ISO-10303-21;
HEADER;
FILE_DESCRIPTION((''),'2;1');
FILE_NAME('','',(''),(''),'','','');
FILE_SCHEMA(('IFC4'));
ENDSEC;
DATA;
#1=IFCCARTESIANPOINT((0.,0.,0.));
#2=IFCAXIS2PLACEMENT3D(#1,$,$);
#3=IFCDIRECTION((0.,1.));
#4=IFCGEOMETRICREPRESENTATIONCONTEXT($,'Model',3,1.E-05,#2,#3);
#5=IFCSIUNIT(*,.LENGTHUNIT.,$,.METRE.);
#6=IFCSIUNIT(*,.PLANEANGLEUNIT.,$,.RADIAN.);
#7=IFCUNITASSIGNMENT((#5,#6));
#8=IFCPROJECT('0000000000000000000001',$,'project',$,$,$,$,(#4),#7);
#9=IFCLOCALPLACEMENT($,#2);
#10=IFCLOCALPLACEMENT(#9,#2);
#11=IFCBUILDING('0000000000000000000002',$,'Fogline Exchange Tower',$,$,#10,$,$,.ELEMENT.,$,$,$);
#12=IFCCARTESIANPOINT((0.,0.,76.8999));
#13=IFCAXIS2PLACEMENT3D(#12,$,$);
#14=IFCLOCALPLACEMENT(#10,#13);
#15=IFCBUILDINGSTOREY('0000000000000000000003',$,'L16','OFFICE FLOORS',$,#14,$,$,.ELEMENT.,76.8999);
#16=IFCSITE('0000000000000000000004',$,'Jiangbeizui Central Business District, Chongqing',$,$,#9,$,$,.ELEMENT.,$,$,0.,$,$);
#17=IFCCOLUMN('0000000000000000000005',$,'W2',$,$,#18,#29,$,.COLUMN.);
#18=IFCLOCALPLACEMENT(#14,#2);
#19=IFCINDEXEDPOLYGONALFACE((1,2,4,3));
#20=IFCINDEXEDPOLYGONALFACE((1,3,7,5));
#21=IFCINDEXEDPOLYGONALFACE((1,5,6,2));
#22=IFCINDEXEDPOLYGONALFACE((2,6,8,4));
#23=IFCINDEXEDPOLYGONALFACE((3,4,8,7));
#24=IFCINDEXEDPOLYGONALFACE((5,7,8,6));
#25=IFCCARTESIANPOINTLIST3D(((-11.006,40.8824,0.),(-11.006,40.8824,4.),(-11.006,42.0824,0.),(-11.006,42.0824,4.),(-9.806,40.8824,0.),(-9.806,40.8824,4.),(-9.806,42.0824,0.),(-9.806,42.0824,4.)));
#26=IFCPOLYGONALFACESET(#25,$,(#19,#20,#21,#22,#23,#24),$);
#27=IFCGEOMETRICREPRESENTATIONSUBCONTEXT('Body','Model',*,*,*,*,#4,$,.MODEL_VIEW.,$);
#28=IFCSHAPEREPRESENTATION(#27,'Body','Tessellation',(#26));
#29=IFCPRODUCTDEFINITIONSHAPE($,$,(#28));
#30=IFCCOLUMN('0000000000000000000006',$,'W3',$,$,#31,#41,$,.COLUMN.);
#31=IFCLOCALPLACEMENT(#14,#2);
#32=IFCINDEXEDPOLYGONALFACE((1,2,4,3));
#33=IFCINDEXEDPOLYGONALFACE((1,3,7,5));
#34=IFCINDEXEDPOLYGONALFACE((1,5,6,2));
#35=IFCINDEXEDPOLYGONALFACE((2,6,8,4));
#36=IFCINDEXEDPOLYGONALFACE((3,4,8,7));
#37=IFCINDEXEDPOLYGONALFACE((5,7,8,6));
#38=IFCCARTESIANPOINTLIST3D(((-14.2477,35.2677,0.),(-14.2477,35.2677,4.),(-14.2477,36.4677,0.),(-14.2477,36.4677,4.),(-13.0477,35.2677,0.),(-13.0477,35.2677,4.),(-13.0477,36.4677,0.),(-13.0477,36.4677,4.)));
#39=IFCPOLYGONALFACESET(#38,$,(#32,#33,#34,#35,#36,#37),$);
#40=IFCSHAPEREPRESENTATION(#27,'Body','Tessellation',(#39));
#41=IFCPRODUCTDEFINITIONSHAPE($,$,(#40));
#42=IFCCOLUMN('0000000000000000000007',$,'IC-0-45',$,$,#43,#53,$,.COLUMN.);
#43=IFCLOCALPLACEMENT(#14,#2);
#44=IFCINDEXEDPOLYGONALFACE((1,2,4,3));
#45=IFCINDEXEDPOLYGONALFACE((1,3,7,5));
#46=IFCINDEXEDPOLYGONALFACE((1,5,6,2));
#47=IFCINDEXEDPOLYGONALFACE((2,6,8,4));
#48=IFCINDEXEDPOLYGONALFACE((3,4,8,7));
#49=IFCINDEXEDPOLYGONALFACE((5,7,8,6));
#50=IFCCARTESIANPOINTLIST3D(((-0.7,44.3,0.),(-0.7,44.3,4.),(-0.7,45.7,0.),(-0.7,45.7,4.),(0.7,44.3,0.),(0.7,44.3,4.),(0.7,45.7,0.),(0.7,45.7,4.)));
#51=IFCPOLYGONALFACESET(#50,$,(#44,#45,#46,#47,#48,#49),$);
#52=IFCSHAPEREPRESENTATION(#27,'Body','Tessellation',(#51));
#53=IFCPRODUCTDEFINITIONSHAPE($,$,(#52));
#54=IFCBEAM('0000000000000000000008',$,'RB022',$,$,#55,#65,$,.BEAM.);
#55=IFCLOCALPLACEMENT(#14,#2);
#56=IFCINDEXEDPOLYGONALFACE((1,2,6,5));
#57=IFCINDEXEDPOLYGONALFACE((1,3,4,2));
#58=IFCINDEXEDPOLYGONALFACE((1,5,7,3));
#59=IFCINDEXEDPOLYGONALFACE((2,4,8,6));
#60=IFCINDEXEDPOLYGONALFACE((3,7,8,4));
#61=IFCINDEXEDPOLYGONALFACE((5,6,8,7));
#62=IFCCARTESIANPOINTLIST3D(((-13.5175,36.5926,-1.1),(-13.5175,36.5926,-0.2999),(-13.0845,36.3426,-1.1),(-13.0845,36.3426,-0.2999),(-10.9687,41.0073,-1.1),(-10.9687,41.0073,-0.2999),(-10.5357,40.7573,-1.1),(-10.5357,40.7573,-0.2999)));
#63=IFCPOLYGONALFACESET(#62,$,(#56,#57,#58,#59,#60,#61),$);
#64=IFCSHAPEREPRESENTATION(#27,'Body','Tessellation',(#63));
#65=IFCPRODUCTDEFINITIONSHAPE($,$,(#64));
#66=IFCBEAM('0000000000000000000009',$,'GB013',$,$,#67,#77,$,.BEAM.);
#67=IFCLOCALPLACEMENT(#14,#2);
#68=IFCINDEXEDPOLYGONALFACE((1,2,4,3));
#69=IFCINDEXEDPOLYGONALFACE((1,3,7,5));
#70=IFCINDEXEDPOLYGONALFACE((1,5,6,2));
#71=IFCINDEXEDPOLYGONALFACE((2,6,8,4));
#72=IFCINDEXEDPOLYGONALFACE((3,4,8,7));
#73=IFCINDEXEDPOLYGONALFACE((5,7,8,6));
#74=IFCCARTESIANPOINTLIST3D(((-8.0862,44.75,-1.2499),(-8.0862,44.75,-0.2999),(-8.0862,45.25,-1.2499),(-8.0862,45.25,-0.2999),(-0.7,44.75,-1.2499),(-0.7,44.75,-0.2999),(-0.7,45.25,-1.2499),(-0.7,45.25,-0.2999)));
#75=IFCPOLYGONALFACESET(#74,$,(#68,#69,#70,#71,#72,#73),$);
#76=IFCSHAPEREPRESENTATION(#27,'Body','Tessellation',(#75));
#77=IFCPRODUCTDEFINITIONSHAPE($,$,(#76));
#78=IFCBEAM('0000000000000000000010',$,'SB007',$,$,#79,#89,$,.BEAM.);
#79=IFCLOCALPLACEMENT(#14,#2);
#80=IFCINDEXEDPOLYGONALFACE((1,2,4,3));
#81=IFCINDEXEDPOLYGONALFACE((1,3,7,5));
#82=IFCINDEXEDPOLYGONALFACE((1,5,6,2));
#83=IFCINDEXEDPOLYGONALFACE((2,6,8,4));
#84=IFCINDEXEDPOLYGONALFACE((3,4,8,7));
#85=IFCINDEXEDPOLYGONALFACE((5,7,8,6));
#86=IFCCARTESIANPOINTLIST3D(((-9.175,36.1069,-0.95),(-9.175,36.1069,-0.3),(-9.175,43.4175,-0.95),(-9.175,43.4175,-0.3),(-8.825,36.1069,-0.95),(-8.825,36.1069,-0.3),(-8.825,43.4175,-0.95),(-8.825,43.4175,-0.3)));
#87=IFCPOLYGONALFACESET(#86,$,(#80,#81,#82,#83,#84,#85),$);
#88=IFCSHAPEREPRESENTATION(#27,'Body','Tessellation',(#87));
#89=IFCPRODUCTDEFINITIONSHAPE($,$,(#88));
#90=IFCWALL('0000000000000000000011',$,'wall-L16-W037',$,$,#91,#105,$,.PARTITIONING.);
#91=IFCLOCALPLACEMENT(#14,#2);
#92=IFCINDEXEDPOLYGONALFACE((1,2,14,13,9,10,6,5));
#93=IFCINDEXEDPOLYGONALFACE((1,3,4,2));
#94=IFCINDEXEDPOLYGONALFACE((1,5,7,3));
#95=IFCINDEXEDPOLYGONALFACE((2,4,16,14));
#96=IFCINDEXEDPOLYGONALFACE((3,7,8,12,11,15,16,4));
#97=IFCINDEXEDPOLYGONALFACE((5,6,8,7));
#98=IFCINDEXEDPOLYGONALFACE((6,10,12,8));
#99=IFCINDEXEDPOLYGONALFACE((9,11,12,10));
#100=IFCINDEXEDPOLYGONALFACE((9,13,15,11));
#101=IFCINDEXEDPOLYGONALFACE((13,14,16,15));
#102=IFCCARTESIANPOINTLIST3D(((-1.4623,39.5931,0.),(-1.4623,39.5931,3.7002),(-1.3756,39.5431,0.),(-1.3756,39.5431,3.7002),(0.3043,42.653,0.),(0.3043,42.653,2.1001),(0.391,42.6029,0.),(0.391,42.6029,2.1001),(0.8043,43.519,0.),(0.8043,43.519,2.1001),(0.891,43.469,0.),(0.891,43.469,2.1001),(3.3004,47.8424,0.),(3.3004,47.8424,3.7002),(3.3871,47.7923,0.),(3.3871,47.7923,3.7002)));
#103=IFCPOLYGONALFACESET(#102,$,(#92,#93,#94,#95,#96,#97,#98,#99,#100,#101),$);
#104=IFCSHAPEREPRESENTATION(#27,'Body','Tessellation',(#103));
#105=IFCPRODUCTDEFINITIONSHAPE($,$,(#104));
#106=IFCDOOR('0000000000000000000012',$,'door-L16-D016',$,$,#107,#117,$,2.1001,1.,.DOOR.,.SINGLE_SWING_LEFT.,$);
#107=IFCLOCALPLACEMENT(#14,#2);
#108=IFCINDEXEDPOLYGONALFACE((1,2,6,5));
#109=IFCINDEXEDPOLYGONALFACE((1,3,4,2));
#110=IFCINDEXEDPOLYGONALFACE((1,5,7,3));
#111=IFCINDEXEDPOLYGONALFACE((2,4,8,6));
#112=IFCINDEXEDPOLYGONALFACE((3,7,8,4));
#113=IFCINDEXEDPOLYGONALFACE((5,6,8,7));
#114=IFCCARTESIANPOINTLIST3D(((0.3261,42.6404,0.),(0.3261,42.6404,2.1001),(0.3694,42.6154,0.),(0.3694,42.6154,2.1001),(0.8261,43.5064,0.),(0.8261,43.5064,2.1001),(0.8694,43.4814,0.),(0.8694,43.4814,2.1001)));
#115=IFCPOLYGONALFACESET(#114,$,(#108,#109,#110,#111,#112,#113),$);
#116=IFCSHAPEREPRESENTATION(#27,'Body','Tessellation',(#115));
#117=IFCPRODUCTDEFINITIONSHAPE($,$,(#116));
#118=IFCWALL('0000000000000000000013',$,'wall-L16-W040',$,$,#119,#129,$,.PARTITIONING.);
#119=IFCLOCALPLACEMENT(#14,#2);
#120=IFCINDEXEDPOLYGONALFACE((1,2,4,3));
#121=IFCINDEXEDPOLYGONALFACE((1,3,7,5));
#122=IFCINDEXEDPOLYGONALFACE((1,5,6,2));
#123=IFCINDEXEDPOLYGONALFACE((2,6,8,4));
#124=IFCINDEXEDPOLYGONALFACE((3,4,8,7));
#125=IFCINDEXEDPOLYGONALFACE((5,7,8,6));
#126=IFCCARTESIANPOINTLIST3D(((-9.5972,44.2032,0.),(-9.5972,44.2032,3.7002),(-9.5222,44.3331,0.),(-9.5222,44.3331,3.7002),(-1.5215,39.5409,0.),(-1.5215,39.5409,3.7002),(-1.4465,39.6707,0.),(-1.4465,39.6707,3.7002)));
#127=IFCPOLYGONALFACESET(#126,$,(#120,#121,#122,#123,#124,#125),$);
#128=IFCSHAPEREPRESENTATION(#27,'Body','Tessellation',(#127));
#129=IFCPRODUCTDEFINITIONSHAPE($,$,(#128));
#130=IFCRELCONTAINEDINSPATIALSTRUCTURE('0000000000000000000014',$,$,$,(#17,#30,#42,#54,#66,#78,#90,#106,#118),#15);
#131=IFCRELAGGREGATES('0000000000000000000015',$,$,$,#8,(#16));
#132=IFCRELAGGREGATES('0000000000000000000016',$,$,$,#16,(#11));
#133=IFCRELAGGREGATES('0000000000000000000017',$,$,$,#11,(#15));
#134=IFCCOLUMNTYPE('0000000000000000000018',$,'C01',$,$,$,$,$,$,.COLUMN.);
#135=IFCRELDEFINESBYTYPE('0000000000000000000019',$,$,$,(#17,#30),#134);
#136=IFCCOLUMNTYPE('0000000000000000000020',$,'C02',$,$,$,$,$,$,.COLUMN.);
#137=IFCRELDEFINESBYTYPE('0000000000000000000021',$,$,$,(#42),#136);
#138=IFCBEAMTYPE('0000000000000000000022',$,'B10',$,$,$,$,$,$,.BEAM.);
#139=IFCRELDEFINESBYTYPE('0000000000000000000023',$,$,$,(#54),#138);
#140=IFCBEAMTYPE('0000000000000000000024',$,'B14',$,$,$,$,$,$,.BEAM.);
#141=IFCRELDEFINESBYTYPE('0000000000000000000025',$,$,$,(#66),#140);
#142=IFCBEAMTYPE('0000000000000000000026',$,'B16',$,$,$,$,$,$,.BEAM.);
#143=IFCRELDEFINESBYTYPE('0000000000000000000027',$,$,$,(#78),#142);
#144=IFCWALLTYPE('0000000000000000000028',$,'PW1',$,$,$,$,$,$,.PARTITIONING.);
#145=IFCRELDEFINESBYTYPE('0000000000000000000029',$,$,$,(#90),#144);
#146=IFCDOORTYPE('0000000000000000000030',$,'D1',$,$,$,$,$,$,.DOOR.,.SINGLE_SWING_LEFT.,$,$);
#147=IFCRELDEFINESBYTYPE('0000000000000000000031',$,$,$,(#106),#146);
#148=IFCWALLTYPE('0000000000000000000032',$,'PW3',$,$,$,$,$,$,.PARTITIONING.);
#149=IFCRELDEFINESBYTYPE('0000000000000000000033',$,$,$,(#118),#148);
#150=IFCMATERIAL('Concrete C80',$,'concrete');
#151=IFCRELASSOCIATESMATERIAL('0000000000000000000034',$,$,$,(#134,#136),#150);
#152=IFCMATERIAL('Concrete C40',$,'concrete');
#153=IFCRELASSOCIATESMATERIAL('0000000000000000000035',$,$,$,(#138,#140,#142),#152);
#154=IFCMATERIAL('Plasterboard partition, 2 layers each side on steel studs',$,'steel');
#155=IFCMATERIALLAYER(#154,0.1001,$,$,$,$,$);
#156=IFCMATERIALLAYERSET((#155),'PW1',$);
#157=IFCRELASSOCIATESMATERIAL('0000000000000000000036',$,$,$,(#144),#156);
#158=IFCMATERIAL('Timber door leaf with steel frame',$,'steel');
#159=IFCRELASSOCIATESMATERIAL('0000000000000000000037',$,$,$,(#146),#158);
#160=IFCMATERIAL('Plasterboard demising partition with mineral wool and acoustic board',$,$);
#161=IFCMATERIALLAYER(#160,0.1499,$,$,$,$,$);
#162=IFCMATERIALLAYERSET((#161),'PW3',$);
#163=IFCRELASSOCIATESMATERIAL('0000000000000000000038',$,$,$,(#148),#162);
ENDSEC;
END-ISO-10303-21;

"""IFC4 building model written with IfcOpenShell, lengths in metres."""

from ifc_helpers import new_model, si_unit, direction, frame, frame_2d, origin, origin_2d, place, context, subcontext, project, spatial, rectangle, extrude, material, layer, layer_set, material_profile, profile_set, type_object, element, fill, save


model = new_model("IFC4")

# Units and contexts
model_context = context("Model", 3, precision=1e-05, world=origin(), true_north=direction((0.0, 1.0)))
body_context = subcontext(model_context, "Body", "Model", "MODEL_VIEW")
ifc_project = project(units=[si_unit("LENGTHUNIT", "METRE"), si_unit("PLANEANGLEUNIT", "RADIAN")], contexts=[model_context])

# Site, building, storey
site_placement = place(None, origin())
site = spatial("IfcSite", under=ifc_project, at=site_placement, Name="Jiangbeizui Central Business District, Chongqing", CompositionType="ELEMENT", RefElevation=0.0)
building_placement = place(site_placement, origin())
building = spatial("IfcBuilding", under=site, at=building_placement, Name="Fogline Exchange Tower", CompositionType="ELEMENT")
storey_placement = place(building_placement, frame((0.0, 0.0, 76.8999)))
storey = spatial("IfcBuildingStorey", under=building, at=storey_placement, Name="L16", Description="OFFICE FLOORS", CompositionType="ELEMENT", Elevation=76.8999)

# Columns
ifc_material_1 = material(Name="Concrete C80", Category="concrete")
ifc_material_profile_1 = material_profile(ifc_material_1, rectangle(XDim=1.2, YDim=1.2, at=origin_2d()), Name="RC 1200x1200")
ifc_profile_set_1 = profile_set([ifc_material_profile_1], Name="Concrete C80")
column_type_1 = type_object("IfcColumnType", Name="C01", PredefinedType="COLUMN", material=ifc_profile_set_1)
for number, where, z_axis, x_axis, name in (
    (1, (-10.406, 41.4824, 0.0), (0.0, 0.0, 1.0), (1.0, 0.0, 0.0), "W2"),
    (2, (-13.6477, 35.8677, 0.0), (0.0, 0.0, 1.0), (1.0, 0.0, 0.0), "W3"),
):
    element("IfcColumn", number, at=place(storey_placement, frame(where, z_axis=z_axis, x_axis=x_axis)), inside=storey, type_object=column_type_1, Name=name, PredefinedType="COLUMN", context=body_context, shape_type="SweptSolid", body=[
        extrude(rectangle(XDim=1.2, YDim=1.2, at=origin_2d()), origin(), (0.0, 0.0, 1.0), 4.0),
    ])
ifc_material_profile_2 = material_profile(ifc_material_1, rectangle(XDim=1.3999, YDim=1.3999, at=origin_2d()), Name="RC 1400x1400")
ifc_profile_set_2 = profile_set([ifc_material_profile_2], Name="Concrete C80")
column_type_2 = type_object("IfcColumnType", Name="C02", PredefinedType="COLUMN", material=ifc_profile_set_2)
column_placement = place(storey_placement, frame((0.0, 45.0, 0.0), z_axis=(0.0, 0.0, 1.0), x_axis=(1.0, 0.0, 0.0)))
element("IfcColumn", 3, at=column_placement, inside=storey, type_object=column_type_2, Name="IC-0-45", PredefinedType="COLUMN", context=body_context, shape_type="SweptSolid", body=[
    extrude(rectangle(XDim=1.3999, YDim=1.3999, at=origin_2d()), origin(), (0.0, 0.0, 1.0), 4.0),
])

# Beams
ifc_material_2 = material(Name="Concrete C40", Category="concrete")
ifc_material_profile_3 = material_profile(ifc_material_2, rectangle(XDim=0.5, YDim=0.8, at=origin_2d()), Name="RC 500x800")
ifc_profile_set_3 = profile_set([ifc_material_profile_3], Name="Concrete C40")
beam_type_1 = type_object("IfcBeamType", Name="B10", PredefinedType="BEAM", material=ifc_profile_set_3)
beam_1_placement = place(storey_placement, frame((-10.7522, 40.8823, -0.7), z_axis=(-0.499992, -0.86603, 0.0), x_axis=(0.86603, -0.499992, 0.0)))
element("IfcBeam", 4, at=beam_1_placement, inside=storey, type_object=beam_type_1, Name="RB022", PredefinedType="BEAM", context=body_context, shape_type="SweptSolid", body=[
    extrude(rectangle(XDim=0.5, YDim=0.8, at=origin_2d()), origin(), (0.0, 0.0, 1.0), 5.0977),
])
ifc_material_profile_4 = material_profile(ifc_material_2, rectangle(XDim=0.5, YDim=0.95, at=origin_2d()), Name="RC 500x950")
ifc_profile_set_4 = profile_set([ifc_material_profile_4], Name="Concrete C40")
beam_type_2 = type_object("IfcBeamType", Name="B14", PredefinedType="BEAM", material=ifc_profile_set_4)
beam_2_placement = place(storey_placement, frame((-8.0862, 45.0, -0.7749), z_axis=(1.0, 0.0, 0.0), x_axis=(0.0, 1.0, 0.0)))
element("IfcBeam", 5, at=beam_2_placement, inside=storey, type_object=beam_type_2, Name="GB013", PredefinedType="BEAM", context=body_context, shape_type="SweptSolid", body=[
    extrude(rectangle(XDim=0.5, YDim=0.95, at=origin_2d()), origin(), (0.0, 0.0, 1.0), 7.3862),
])
ifc_material_profile_5 = material_profile(ifc_material_2, rectangle(XDim=0.3501, YDim=0.6499, at=origin_2d()), Name="RC 350x650")
ifc_profile_set_5 = profile_set([ifc_material_profile_5], Name="Concrete C40")
beam_type_3 = type_object("IfcBeamType", Name="B16", PredefinedType="BEAM", material=ifc_profile_set_5)
beam_3_placement = place(storey_placement, frame((-9.0, 36.1069, -0.625), z_axis=(0.0, 1.0, 0.0), x_axis=(-1.0, 0.0, 0.0)))
element("IfcBeam", 6, at=beam_3_placement, inside=storey, type_object=beam_type_3, Name="SB007", PredefinedType="BEAM", context=body_context, shape_type="SweptSolid", body=[
    extrude(rectangle(XDim=0.3501, YDim=0.6499, at=origin_2d()), origin(), (0.0, 0.0, 1.0), 7.3105),
])

# Wall, opening, door
ifc_material_3 = material(Name="Plasterboard partition, 2 layers each side on steel studs", Category="steel")
ifc_layer_1 = layer(ifc_material_3, 0.1001)
ifc_layer_set_1 = layer_set([ifc_layer_1], Name="PW1")
wall_type_1 = type_object("IfcWallType", Name="PW1", PredefinedType="PARTITIONING", material=ifc_layer_set_1)
wall_1_placement = place(storey_placement, frame((-1.4189, 39.5681, 0.0), z_axis=(0.0, 0.0, 1.0), x_axis=(0.499998, 0.866026, 0.0)))
wall_1 = element("IfcWall", 7, at=wall_1_placement, inside=storey, type_object=wall_type_1, Name="wall-L16-W037", PredefinedType="PARTITIONING", context=body_context, shape_type="SweptSolid", body=[
    extrude(rectangle(XDim=9.5254, YDim=0.1001, at=frame_2d((4.7627, 0.0))), origin(), (0.0, 0.0, 1.0), 3.7002),
])
opening_placement = place(wall_1_placement, frame((3.5332, 0.0, 0.0)))
opening = element("IfcOpeningElement", 8, at=opening_placement, cuts=wall_1, PredefinedType="OPENING", context=body_context, shape_type="SweptSolid", body=[
    extrude(rectangle(XDim=1.0, YDim=2.1001, at=frame_2d((0.5, 1.05))), frame((0.0, 0.0601, 0.0), z_axis=(0.0, -1.0, 0.0), x_axis=(1.0, 0.0, 0.0)), (0.0, 0.0, 1.0), 0.1201),
])
ifc_material_4 = material(Name="Timber door leaf with steel frame", Category="steel")
door_type = type_object("IfcDoorType", Name="D1", OperationType="SINGLE_SWING_LEFT", PredefinedType="DOOR", material=ifc_material_4)
door_placement = place(opening_placement, origin())
door = element("IfcDoor", 9, at=door_placement, inside=storey, type_object=door_type, Name="door-L16-D016", OperationType="SINGLE_SWING_LEFT", OverallHeight=2.1001, OverallWidth=1.0, PredefinedType="DOOR", context=body_context, shape_type="SweptSolid", body=[
    extrude(rectangle(XDim=1.0, YDim=2.1001, at=frame_2d((0.5, 1.05))), frame((0.0, 0.0249, 0.0), z_axis=(0.0, -1.0, 0.0), x_axis=(1.0, 0.0, 0.0)), (0.0, 0.0, 1.0), 0.05),
])
fill(opening, door)

# Wall
ifc_material_5 = material(Name="Plasterboard demising partition with mineral wool and acoustic board")
ifc_layer_2 = layer(ifc_material_5, 0.1499)
ifc_layer_set_2 = layer_set([ifc_layer_2], Name="PW3")
wall_type_2 = type_object("IfcWallType", Name="PW3", PredefinedType="PARTITIONING", material=ifc_layer_set_2)
wall_2_placement = place(storey_placement, frame((-1.4839, 39.6057, 0.0), z_axis=(0.0, 0.0, 1.0), x_axis=(-0.866032, 0.499988, 0.0)))
element("IfcWall", 10, at=wall_2_placement, inside=storey, type_object=wall_type_2, Name="wall-L16-W040", PredefinedType="PARTITIONING", context=body_context, shape_type="SweptSolid", body=[
    extrude(rectangle(XDim=9.325, YDim=0.1499, at=frame_2d((4.6626, 0.0))), origin(), (0.0, 0.0, 1.0), 3.7002),
])

save(model, "model.ifc")
